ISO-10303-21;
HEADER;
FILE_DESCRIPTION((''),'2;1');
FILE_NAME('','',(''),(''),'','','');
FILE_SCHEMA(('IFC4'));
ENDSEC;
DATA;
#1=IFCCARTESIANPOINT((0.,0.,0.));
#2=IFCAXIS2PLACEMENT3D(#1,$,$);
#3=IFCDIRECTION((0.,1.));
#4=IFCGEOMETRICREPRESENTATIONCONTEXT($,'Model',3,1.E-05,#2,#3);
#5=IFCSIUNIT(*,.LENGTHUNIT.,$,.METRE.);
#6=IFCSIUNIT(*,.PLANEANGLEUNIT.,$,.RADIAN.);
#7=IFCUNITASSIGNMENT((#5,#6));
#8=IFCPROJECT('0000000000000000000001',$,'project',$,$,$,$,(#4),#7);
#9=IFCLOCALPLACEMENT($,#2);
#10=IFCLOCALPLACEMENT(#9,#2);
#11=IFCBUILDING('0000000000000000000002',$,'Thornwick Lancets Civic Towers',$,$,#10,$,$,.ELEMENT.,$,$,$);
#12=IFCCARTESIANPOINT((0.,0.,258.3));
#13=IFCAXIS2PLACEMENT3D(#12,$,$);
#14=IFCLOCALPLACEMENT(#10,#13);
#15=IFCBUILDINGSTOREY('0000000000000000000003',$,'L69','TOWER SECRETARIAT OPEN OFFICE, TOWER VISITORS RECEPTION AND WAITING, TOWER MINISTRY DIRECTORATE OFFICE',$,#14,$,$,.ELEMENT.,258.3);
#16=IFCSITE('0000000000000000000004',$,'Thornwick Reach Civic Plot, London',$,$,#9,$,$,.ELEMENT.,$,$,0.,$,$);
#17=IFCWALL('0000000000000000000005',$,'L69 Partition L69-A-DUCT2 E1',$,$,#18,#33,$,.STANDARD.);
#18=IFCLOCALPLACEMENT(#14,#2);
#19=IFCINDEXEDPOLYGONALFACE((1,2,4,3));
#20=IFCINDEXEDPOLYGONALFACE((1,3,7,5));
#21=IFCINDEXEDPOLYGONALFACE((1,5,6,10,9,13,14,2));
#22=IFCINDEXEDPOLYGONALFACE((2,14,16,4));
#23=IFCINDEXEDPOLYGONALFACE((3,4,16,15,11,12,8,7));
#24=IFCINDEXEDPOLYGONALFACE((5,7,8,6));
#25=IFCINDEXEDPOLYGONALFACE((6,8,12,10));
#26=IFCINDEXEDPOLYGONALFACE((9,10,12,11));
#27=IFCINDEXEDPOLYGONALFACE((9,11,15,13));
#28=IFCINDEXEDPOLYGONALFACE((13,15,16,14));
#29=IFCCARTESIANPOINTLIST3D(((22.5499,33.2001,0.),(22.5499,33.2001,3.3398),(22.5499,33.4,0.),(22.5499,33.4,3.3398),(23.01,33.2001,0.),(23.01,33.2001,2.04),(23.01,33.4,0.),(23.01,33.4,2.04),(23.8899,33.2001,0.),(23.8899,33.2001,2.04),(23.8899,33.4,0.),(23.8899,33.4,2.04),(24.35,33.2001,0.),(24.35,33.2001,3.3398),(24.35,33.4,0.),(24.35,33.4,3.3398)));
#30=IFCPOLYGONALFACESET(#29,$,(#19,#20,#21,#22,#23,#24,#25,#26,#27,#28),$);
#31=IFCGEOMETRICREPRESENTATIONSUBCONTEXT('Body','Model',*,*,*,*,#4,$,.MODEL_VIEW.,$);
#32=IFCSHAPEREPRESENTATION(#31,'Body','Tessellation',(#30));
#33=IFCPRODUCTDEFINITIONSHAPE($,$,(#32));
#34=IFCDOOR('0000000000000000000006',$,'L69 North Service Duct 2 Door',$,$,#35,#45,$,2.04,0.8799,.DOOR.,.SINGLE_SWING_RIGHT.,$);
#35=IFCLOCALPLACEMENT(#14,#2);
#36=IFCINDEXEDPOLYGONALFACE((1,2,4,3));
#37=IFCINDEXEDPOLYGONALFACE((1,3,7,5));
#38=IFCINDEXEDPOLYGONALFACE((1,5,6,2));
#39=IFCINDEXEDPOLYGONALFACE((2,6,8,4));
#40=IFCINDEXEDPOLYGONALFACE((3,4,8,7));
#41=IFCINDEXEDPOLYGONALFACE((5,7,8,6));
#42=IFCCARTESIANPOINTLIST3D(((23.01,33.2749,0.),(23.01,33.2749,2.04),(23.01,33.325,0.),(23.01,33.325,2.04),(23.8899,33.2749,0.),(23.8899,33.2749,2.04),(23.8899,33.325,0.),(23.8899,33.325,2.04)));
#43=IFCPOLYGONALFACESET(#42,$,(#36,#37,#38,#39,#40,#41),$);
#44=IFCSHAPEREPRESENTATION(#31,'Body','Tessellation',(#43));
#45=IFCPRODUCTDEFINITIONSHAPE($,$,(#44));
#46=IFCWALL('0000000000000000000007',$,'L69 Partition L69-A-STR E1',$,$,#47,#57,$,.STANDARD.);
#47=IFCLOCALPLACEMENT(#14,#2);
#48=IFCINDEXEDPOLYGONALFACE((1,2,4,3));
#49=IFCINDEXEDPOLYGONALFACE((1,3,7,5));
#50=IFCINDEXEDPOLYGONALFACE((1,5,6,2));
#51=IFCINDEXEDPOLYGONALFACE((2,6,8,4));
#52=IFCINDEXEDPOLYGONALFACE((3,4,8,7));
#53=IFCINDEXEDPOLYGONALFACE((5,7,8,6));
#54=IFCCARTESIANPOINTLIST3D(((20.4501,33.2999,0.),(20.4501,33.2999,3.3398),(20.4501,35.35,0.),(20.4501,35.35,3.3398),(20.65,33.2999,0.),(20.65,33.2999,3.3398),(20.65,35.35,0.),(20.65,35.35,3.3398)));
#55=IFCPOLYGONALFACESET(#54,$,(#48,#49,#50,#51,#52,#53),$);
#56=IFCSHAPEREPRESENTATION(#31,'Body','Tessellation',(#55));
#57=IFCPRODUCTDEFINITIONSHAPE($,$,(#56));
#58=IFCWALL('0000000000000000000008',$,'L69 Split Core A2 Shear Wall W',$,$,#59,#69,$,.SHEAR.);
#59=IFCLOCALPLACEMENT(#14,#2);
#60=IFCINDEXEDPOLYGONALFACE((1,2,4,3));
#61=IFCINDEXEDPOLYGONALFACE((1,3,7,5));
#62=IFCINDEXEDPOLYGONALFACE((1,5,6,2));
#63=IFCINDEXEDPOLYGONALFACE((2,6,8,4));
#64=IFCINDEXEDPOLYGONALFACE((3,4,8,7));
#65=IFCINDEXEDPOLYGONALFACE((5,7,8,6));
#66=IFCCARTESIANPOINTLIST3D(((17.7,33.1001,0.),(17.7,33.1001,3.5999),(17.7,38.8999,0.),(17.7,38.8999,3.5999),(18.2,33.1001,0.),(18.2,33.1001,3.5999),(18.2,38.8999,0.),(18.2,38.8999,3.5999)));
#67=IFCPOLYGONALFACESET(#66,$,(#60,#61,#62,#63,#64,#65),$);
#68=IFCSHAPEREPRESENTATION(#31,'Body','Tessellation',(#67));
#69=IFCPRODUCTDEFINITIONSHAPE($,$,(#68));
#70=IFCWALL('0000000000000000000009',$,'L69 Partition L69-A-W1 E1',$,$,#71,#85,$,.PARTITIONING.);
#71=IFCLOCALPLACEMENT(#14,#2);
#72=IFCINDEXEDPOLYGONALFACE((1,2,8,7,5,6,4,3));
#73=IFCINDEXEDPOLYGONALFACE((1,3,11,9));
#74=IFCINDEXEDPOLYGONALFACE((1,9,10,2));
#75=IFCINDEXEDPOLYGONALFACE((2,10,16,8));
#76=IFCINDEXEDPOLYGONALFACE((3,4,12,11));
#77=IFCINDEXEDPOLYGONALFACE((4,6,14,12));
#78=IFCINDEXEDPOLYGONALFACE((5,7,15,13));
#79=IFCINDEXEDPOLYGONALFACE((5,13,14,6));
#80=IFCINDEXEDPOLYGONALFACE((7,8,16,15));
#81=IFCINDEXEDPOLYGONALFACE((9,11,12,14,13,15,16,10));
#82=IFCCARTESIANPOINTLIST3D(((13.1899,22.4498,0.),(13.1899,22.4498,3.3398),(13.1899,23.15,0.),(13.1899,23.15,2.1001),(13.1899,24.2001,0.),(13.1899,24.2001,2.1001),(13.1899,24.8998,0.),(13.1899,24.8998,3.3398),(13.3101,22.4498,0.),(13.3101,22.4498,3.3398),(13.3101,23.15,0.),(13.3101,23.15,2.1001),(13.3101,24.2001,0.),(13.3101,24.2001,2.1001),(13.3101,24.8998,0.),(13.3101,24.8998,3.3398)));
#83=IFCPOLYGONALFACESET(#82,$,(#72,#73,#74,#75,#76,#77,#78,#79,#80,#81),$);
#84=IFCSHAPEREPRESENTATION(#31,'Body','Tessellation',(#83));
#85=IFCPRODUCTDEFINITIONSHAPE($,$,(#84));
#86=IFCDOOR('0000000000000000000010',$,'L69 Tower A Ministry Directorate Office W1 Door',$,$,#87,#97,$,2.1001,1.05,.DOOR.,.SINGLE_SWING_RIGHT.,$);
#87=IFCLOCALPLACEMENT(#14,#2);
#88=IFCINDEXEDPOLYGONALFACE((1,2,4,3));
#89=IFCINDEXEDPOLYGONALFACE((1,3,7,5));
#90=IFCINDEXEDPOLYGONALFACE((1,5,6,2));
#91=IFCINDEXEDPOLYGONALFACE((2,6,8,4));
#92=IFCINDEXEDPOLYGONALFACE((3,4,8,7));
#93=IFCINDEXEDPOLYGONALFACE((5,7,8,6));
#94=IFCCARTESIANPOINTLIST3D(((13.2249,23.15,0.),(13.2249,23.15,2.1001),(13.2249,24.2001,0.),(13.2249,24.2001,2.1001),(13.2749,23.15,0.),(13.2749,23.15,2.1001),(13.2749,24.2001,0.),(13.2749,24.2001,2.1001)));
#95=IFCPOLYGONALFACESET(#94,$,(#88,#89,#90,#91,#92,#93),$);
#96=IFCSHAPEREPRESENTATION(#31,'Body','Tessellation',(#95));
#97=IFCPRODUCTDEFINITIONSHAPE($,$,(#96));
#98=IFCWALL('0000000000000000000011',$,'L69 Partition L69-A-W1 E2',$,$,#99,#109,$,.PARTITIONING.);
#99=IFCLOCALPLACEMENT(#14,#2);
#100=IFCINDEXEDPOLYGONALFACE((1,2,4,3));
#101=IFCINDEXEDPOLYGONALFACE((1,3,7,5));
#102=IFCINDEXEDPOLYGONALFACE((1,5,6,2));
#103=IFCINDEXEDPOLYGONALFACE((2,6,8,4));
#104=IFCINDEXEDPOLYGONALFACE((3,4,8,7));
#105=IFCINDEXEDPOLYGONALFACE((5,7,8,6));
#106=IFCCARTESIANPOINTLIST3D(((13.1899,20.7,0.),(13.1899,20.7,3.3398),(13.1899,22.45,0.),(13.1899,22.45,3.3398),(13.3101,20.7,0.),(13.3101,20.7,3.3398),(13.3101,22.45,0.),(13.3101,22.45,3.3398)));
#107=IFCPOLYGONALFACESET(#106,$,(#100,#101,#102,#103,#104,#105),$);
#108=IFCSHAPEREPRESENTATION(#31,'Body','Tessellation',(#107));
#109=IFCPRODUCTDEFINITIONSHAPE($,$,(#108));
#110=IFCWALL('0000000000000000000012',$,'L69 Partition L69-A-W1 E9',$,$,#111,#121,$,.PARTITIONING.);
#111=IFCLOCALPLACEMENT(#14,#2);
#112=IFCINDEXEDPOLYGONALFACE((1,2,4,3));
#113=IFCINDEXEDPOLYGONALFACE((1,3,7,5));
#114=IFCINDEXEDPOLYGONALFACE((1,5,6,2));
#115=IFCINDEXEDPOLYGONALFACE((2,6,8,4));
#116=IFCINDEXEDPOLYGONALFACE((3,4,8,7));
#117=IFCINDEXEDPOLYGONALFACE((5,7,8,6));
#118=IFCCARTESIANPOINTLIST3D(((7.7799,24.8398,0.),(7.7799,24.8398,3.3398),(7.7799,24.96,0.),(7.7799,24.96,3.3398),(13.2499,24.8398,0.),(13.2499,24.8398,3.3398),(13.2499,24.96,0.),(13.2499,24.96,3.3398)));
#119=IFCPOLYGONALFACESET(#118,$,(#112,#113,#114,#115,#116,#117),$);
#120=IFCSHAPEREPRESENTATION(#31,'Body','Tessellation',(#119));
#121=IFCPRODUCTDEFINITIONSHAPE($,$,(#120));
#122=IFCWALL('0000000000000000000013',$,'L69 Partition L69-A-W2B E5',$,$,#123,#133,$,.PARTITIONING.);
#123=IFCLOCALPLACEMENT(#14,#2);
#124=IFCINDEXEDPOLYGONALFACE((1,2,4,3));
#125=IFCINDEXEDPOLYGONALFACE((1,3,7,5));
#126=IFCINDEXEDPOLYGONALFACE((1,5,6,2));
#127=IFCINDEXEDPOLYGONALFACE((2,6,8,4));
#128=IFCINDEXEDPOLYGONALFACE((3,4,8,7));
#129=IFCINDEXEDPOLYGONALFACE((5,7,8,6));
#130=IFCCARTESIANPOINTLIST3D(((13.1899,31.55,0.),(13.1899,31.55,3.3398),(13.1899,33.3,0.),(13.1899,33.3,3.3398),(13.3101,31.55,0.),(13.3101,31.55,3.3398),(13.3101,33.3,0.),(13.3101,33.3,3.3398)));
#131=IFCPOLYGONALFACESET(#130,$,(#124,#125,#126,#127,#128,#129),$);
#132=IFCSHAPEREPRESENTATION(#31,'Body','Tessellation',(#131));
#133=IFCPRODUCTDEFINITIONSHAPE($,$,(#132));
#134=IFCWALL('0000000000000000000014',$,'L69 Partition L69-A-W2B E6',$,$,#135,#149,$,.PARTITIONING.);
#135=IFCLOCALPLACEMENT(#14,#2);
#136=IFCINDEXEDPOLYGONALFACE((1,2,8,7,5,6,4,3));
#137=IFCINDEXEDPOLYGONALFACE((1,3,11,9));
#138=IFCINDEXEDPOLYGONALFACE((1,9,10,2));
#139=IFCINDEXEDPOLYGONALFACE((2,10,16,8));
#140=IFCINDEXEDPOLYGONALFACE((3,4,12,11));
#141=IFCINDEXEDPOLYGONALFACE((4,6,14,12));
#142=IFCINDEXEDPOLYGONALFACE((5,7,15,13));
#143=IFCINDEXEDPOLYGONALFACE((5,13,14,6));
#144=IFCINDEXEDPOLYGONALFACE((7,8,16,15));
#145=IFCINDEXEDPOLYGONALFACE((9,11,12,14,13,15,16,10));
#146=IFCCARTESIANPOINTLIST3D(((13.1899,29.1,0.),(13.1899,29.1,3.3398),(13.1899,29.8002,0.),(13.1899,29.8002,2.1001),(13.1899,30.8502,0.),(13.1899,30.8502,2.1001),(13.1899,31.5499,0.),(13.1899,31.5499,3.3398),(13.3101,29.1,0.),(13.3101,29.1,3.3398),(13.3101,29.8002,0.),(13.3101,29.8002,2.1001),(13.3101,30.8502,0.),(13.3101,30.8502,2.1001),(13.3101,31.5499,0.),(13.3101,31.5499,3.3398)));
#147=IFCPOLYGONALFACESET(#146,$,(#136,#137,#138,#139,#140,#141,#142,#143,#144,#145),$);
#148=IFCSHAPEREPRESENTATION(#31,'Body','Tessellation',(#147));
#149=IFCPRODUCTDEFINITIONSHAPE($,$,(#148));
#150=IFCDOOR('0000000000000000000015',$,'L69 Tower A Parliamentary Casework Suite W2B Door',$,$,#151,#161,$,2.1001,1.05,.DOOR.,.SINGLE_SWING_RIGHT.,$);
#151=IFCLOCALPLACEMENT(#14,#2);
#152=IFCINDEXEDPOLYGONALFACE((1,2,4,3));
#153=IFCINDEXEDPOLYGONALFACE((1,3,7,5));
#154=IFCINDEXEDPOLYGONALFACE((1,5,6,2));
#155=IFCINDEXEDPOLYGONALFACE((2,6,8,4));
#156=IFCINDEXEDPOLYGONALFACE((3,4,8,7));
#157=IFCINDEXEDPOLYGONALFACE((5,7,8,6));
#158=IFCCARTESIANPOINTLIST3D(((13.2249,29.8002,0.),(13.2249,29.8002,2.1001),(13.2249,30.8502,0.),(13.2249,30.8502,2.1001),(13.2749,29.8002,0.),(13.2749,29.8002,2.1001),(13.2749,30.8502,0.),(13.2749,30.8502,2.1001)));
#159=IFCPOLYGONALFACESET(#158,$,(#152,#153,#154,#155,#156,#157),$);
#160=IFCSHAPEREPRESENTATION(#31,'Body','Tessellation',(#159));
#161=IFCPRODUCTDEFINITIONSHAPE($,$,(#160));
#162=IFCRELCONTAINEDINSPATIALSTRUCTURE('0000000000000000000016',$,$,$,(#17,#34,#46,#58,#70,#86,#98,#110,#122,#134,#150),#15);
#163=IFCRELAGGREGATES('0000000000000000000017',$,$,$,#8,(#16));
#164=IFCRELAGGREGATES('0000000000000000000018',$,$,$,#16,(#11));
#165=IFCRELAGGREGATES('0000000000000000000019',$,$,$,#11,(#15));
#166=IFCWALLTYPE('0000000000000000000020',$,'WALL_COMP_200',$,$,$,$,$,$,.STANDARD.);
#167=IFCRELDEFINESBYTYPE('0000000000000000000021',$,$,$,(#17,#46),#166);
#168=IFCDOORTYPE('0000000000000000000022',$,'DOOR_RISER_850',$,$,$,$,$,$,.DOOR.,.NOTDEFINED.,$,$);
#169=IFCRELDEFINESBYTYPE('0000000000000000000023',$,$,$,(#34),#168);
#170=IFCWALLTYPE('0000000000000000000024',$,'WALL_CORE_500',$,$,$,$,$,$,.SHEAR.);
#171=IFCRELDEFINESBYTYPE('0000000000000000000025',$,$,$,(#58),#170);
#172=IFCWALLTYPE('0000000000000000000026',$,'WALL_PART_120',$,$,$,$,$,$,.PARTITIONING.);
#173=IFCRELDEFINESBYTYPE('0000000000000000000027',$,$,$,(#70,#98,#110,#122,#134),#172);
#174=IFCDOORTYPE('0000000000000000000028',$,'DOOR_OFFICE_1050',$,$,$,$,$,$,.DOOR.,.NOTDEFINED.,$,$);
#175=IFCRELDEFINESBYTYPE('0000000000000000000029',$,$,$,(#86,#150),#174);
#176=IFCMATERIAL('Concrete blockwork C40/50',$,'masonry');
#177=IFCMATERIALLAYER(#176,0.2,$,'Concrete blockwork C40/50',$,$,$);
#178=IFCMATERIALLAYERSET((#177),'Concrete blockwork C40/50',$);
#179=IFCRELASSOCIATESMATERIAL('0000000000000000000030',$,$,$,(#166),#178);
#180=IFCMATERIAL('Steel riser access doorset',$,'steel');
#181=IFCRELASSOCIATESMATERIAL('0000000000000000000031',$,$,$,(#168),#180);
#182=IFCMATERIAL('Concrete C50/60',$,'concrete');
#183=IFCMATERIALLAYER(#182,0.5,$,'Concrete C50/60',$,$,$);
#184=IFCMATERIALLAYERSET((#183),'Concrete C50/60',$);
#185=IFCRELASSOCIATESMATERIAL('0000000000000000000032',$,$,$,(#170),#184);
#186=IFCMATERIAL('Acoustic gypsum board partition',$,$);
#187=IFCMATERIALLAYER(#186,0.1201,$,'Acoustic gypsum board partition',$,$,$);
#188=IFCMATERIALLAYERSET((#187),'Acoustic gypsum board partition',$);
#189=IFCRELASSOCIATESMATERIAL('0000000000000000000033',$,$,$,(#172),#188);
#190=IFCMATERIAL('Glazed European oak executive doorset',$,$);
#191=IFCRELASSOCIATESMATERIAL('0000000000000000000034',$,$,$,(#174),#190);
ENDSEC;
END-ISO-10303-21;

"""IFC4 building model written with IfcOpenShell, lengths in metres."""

from ifc_helpers import new_model, si_unit, direction, frame, frame_2d, origin, place, context, subcontext, project, spatial, rectangle, extrude, material, layer, layer_set, type_object, element, fill, save


model = new_model("IFC4")

# Units and contexts
model_context = context("Model", 3, precision=1e-05, world=origin(), true_north=direction((0.0, 1.0)))
body_context = subcontext(model_context, "Body", "Model", "MODEL_VIEW")
ifc_project = project(units=[si_unit("LENGTHUNIT", "METRE"), si_unit("PLANEANGLEUNIT", "RADIAN")], contexts=[model_context])

# Site, building, storey
site_placement = place(None, origin())
site = spatial("IfcSite", under=ifc_project, at=site_placement, Name="Thornwick Reach Civic Plot, London", CompositionType="ELEMENT", RefElevation=0.0)
building_placement = place(site_placement, origin())
building = spatial("IfcBuilding", under=site, at=building_placement, Name="Thornwick Lancets Civic Towers", CompositionType="ELEMENT")
storey_placement = place(building_placement, frame((0.0, 0.0, 258.3)))
storey = spatial("IfcBuildingStorey", under=building, at=storey_placement, Name="L69", Description="TOWER SECRETARIAT OPEN OFFICE, TOWER VISITORS RECEPTION AND WAITING, TOWER MINISTRY DIRECTORATE OFFICE", CompositionType="ELEMENT", Elevation=258.3)

# Shared definitions
ifc_material_1 = material(Name="Concrete C50/60", Category="concrete")

# Wall, opening, door
ifc_material_2 = material(Name="Concrete blockwork C40/50", Category="masonry")
ifc_layer_1 = layer(ifc_material_2, 0.2, Name="Concrete blockwork C40/50")
ifc_layer_set_1 = layer_set([ifc_layer_1], Name="Concrete blockwork C40/50")
wall_type_1 = type_object("IfcWallType", Name="WALL_COMP_200", PredefinedType="STANDARD", material=ifc_layer_set_1)
wall_1_placement = place(storey_placement, frame((22.55, 33.3, 0.0), z_axis=(0.0, 0.0, 1.0), x_axis=(1.0, 0.0, 0.0)))
wall_1 = element("IfcWall", 1, at=wall_1_placement, inside=storey, type_object=wall_type_1, Name="L69 Partition L69-A-DUCT2 E1", PredefinedType="STANDARD", context=body_context, shape_type="SweptSolid", body=[
    extrude(rectangle(XDim=1.8, YDim=0.2, at=frame_2d((0.8999, 0.0))), origin(), (0.0, 0.0, 1.0), 3.3398),
])
opening_1_placement = place(wall_1_placement, frame((0.46, 0.0, 0.0)))
opening_1 = element("IfcOpeningElement", 2, at=opening_1_placement, cuts=wall_1, PredefinedType="OPENING", context=body_context, shape_type="SweptSolid", body=[
    extrude(rectangle(XDim=0.8799, YDim=2.04, at=frame_2d((0.4399, 1.02))), frame((0.0, 0.1099, 0.0), z_axis=(0.0, -1.0, 0.0), x_axis=(1.0, 0.0, 0.0)), (0.0, 0.0, 1.0), 0.22),
])
ifc_material_3 = material(Name="Steel riser access doorset", Category="steel")
door_type_1 = type_object("IfcDoorType", Name="DOOR_RISER_850", OperationType="NOTDEFINED", PredefinedType="DOOR", material=ifc_material_3)
door_1_placement = place(opening_1_placement, origin())
door_1 = element("IfcDoor", 3, at=door_1_placement, inside=storey, type_object=door_type_1, Name="L69 North Service Duct 2 Door", OperationType="SINGLE_SWING_RIGHT", OverallHeight=2.04, OverallWidth=0.8799, PredefinedType="DOOR", context=body_context, shape_type="SweptSolid", body=[
    extrude(rectangle(XDim=0.8799, YDim=2.04, at=frame_2d((0.4399, 1.02))), frame((0.0, 0.0249, 0.0), z_axis=(0.0, -1.0, 0.0), x_axis=(1.0, 0.0, 0.0)), (0.0, 0.0, 1.0), 0.05),
])
fill(opening_1, door_1)

# Walls
wall_2_placement = place(storey_placement, frame((20.55, 33.3, 0.0), z_axis=(0.0, 0.0, 1.0), x_axis=(0.0, 1.0, 0.0)))
element("IfcWall", 4, at=wall_2_placement, inside=storey, type_object=wall_type_1, Name="L69 Partition L69-A-STR E1", PredefinedType="STANDARD", context=body_context, shape_type="SweptSolid", body=[
    extrude(rectangle(XDim=2.05, YDim=0.2, at=frame_2d((1.0249, 0.0))), origin(), (0.0, 0.0, 1.0), 3.3398),
])
ifc_layer_2 = layer(ifc_material_1, 0.5, Name="Concrete C50/60")
ifc_layer_set_2 = layer_set([ifc_layer_2], Name="Concrete C50/60")
wall_type_2 = type_object("IfcWallType", Name="WALL_CORE_500", PredefinedType="SHEAR", material=ifc_layer_set_2)
wall_3_placement = place(storey_placement, frame((17.95, 33.1001, 0.0), z_axis=(0.0, 0.0, 1.0), x_axis=(0.0, 1.0, 0.0)))
element("IfcWall", 5, at=wall_3_placement, inside=storey, type_object=wall_type_2, Name="L69 Split Core A2 Shear Wall W", PredefinedType="SHEAR", context=body_context, shape_type="SweptSolid", body=[
    extrude(rectangle(XDim=5.7998, YDim=0.5, at=frame_2d((2.8999, 0.0))), origin(), (0.0, 0.0, 1.0), 3.5999),
])

# Wall, opening, door
ifc_material_4 = material(Name="Acoustic gypsum board partition")
ifc_layer_3 = layer(ifc_material_4, 0.1201, Name="Acoustic gypsum board partition")
ifc_layer_set_3 = layer_set([ifc_layer_3], Name="Acoustic gypsum board partition")
wall_type_3 = type_object("IfcWallType", Name="WALL_PART_120", PredefinedType="PARTITIONING", material=ifc_layer_set_3)
wall_4_placement = place(storey_placement, frame((13.25, 24.8999, 0.0), z_axis=(0.0, 0.0, 1.0), x_axis=(0.0, -1.0, 0.0)))
wall_4 = element("IfcWall", 6, at=wall_4_placement, inside=storey, type_object=wall_type_3, Name="L69 Partition L69-A-W1 E1", PredefinedType="PARTITIONING", context=body_context, shape_type="SweptSolid", body=[
    extrude(rectangle(XDim=2.45, YDim=0.1201, at=frame_2d((1.2251, 0.0))), origin(), (0.0, 0.0, 1.0), 3.3398),
])
opening_2_placement = place(wall_4_placement, frame((0.7, 0.0, 0.0)))
opening_2 = element("IfcOpeningElement", 7, at=opening_2_placement, cuts=wall_4, PredefinedType="OPENING", context=body_context, shape_type="SweptSolid", body=[
    extrude(rectangle(XDim=1.05, YDim=2.1001, at=frame_2d((0.5249, 1.05))), frame((0.0, 0.0701, 0.0), z_axis=(0.0, -1.0, 0.0), x_axis=(1.0, 0.0, 0.0)), (0.0, 0.0, 1.0), 0.1401),
])
ifc_material_5 = material(Name="Glazed European oak executive doorset")
door_type_2 = type_object("IfcDoorType", Name="DOOR_OFFICE_1050", OperationType="NOTDEFINED", PredefinedType="DOOR", material=ifc_material_5)
door_2_placement = place(opening_2_placement, origin())
door_2 = element("IfcDoor", 8, at=door_2_placement, inside=storey, type_object=door_type_2, Name="L69 Tower A Ministry Directorate Office W1 Door", OperationType="SINGLE_SWING_RIGHT", OverallHeight=2.1001, OverallWidth=1.05, PredefinedType="DOOR", context=body_context, shape_type="SweptSolid", body=[
    extrude(rectangle(XDim=1.05, YDim=2.1001, at=frame_2d((0.5249, 1.05))), frame((0.0, 0.0249, 0.0), z_axis=(0.0, -1.0, 0.0), x_axis=(1.0, 0.0, 0.0)), (0.0, 0.0, 1.0), 0.05),
])
fill(opening_2, door_2)

# Walls
wall_5_placement = place(storey_placement, frame((13.25, 22.45, 0.0), z_axis=(0.0, 0.0, 1.0), x_axis=(0.0, -1.0, 0.0)))
element("IfcWall", 9, at=wall_5_placement, inside=storey, type_object=wall_type_3, Name="L69 Partition L69-A-W1 E2", PredefinedType="PARTITIONING", context=body_context, shape_type="SweptSolid", body=[
    extrude(rectangle(XDim=1.75, YDim=0.1201, at=frame_2d((0.875, 0.0))), origin(), (0.0, 0.0, 1.0), 3.3398),
])
wall_6_placement = place(storey_placement, frame((7.78, 24.8999, 0.0), z_axis=(0.0, 0.0, 1.0), x_axis=(1.0, 0.0, 0.0)))
element("IfcWall", 10, at=wall_6_placement, inside=storey, type_object=wall_type_3, Name="L69 Partition L69-A-W1 E9", PredefinedType="PARTITIONING", context=body_context, shape_type="SweptSolid", body=[
    extrude(rectangle(XDim=5.47, YDim=0.1201, at=frame_2d((2.7349, 0.0))), origin(), (0.0, 0.0, 1.0), 3.3398),
])
wall_7_placement = place(storey_placement, frame((13.25, 33.3, 0.0), z_axis=(0.0, 0.0, 1.0), x_axis=(0.0, -1.0, 0.0)))
element("IfcWall", 11, at=wall_7_placement, inside=storey, type_object=wall_type_3, Name="L69 Partition L69-A-W2B E5", PredefinedType="PARTITIONING", context=body_context, shape_type="SweptSolid", body=[
    extrude(rectangle(XDim=1.75, YDim=0.1201, at=frame_2d((0.875, 0.0))), origin(), (0.0, 0.0, 1.0), 3.3398),
])

# Wall, opening, door
wall_8_placement = place(storey_placement, frame((13.25, 31.55, 0.0), z_axis=(0.0, 0.0, 1.0), x_axis=(0.0, -1.0, 0.0)))
wall_8 = element("IfcWall", 12, at=wall_8_placement, inside=storey, type_object=wall_type_3, Name="L69 Partition L69-A-W2B E6", PredefinedType="PARTITIONING", context=body_context, shape_type="SweptSolid", body=[
    extrude(rectangle(XDim=2.45, YDim=0.1201, at=frame_2d((1.2251, 0.0))), origin(), (0.0, 0.0, 1.0), 3.3398),
])
opening_3_placement = place(wall_8_placement, frame((0.7, 0.0, 0.0)))
opening_3 = element("IfcOpeningElement", 13, at=opening_3_placement, cuts=wall_8, PredefinedType="OPENING", context=body_context, shape_type="SweptSolid", body=[
    extrude(rectangle(XDim=1.05, YDim=2.1001, at=frame_2d((0.5249, 1.05))), frame((0.0, 0.0701, 0.0), z_axis=(0.0, -1.0, 0.0), x_axis=(1.0, 0.0, 0.0)), (0.0, 0.0, 1.0), 0.1401),
])
door_3_placement = place(opening_3_placement, origin())
door_3 = element("IfcDoor", 14, at=door_3_placement, inside=storey, type_object=door_type_2, Name="L69 Tower A Parliamentary Casework Suite W2B Door", OperationType="SINGLE_SWING_RIGHT", OverallHeight=2.1001, OverallWidth=1.05, PredefinedType="DOOR", context=body_context, shape_type="SweptSolid", body=[
    extrude(rectangle(XDim=1.05, YDim=2.1001, at=frame_2d((0.5249, 1.05))), frame((0.0, 0.0249, 0.0), z_axis=(0.0, -1.0, 0.0), x_axis=(1.0, 0.0, 0.0)), (0.0, 0.0, 1.0), 0.05),
])
fill(opening_3, door_3)

save(model, "model.ifc")
